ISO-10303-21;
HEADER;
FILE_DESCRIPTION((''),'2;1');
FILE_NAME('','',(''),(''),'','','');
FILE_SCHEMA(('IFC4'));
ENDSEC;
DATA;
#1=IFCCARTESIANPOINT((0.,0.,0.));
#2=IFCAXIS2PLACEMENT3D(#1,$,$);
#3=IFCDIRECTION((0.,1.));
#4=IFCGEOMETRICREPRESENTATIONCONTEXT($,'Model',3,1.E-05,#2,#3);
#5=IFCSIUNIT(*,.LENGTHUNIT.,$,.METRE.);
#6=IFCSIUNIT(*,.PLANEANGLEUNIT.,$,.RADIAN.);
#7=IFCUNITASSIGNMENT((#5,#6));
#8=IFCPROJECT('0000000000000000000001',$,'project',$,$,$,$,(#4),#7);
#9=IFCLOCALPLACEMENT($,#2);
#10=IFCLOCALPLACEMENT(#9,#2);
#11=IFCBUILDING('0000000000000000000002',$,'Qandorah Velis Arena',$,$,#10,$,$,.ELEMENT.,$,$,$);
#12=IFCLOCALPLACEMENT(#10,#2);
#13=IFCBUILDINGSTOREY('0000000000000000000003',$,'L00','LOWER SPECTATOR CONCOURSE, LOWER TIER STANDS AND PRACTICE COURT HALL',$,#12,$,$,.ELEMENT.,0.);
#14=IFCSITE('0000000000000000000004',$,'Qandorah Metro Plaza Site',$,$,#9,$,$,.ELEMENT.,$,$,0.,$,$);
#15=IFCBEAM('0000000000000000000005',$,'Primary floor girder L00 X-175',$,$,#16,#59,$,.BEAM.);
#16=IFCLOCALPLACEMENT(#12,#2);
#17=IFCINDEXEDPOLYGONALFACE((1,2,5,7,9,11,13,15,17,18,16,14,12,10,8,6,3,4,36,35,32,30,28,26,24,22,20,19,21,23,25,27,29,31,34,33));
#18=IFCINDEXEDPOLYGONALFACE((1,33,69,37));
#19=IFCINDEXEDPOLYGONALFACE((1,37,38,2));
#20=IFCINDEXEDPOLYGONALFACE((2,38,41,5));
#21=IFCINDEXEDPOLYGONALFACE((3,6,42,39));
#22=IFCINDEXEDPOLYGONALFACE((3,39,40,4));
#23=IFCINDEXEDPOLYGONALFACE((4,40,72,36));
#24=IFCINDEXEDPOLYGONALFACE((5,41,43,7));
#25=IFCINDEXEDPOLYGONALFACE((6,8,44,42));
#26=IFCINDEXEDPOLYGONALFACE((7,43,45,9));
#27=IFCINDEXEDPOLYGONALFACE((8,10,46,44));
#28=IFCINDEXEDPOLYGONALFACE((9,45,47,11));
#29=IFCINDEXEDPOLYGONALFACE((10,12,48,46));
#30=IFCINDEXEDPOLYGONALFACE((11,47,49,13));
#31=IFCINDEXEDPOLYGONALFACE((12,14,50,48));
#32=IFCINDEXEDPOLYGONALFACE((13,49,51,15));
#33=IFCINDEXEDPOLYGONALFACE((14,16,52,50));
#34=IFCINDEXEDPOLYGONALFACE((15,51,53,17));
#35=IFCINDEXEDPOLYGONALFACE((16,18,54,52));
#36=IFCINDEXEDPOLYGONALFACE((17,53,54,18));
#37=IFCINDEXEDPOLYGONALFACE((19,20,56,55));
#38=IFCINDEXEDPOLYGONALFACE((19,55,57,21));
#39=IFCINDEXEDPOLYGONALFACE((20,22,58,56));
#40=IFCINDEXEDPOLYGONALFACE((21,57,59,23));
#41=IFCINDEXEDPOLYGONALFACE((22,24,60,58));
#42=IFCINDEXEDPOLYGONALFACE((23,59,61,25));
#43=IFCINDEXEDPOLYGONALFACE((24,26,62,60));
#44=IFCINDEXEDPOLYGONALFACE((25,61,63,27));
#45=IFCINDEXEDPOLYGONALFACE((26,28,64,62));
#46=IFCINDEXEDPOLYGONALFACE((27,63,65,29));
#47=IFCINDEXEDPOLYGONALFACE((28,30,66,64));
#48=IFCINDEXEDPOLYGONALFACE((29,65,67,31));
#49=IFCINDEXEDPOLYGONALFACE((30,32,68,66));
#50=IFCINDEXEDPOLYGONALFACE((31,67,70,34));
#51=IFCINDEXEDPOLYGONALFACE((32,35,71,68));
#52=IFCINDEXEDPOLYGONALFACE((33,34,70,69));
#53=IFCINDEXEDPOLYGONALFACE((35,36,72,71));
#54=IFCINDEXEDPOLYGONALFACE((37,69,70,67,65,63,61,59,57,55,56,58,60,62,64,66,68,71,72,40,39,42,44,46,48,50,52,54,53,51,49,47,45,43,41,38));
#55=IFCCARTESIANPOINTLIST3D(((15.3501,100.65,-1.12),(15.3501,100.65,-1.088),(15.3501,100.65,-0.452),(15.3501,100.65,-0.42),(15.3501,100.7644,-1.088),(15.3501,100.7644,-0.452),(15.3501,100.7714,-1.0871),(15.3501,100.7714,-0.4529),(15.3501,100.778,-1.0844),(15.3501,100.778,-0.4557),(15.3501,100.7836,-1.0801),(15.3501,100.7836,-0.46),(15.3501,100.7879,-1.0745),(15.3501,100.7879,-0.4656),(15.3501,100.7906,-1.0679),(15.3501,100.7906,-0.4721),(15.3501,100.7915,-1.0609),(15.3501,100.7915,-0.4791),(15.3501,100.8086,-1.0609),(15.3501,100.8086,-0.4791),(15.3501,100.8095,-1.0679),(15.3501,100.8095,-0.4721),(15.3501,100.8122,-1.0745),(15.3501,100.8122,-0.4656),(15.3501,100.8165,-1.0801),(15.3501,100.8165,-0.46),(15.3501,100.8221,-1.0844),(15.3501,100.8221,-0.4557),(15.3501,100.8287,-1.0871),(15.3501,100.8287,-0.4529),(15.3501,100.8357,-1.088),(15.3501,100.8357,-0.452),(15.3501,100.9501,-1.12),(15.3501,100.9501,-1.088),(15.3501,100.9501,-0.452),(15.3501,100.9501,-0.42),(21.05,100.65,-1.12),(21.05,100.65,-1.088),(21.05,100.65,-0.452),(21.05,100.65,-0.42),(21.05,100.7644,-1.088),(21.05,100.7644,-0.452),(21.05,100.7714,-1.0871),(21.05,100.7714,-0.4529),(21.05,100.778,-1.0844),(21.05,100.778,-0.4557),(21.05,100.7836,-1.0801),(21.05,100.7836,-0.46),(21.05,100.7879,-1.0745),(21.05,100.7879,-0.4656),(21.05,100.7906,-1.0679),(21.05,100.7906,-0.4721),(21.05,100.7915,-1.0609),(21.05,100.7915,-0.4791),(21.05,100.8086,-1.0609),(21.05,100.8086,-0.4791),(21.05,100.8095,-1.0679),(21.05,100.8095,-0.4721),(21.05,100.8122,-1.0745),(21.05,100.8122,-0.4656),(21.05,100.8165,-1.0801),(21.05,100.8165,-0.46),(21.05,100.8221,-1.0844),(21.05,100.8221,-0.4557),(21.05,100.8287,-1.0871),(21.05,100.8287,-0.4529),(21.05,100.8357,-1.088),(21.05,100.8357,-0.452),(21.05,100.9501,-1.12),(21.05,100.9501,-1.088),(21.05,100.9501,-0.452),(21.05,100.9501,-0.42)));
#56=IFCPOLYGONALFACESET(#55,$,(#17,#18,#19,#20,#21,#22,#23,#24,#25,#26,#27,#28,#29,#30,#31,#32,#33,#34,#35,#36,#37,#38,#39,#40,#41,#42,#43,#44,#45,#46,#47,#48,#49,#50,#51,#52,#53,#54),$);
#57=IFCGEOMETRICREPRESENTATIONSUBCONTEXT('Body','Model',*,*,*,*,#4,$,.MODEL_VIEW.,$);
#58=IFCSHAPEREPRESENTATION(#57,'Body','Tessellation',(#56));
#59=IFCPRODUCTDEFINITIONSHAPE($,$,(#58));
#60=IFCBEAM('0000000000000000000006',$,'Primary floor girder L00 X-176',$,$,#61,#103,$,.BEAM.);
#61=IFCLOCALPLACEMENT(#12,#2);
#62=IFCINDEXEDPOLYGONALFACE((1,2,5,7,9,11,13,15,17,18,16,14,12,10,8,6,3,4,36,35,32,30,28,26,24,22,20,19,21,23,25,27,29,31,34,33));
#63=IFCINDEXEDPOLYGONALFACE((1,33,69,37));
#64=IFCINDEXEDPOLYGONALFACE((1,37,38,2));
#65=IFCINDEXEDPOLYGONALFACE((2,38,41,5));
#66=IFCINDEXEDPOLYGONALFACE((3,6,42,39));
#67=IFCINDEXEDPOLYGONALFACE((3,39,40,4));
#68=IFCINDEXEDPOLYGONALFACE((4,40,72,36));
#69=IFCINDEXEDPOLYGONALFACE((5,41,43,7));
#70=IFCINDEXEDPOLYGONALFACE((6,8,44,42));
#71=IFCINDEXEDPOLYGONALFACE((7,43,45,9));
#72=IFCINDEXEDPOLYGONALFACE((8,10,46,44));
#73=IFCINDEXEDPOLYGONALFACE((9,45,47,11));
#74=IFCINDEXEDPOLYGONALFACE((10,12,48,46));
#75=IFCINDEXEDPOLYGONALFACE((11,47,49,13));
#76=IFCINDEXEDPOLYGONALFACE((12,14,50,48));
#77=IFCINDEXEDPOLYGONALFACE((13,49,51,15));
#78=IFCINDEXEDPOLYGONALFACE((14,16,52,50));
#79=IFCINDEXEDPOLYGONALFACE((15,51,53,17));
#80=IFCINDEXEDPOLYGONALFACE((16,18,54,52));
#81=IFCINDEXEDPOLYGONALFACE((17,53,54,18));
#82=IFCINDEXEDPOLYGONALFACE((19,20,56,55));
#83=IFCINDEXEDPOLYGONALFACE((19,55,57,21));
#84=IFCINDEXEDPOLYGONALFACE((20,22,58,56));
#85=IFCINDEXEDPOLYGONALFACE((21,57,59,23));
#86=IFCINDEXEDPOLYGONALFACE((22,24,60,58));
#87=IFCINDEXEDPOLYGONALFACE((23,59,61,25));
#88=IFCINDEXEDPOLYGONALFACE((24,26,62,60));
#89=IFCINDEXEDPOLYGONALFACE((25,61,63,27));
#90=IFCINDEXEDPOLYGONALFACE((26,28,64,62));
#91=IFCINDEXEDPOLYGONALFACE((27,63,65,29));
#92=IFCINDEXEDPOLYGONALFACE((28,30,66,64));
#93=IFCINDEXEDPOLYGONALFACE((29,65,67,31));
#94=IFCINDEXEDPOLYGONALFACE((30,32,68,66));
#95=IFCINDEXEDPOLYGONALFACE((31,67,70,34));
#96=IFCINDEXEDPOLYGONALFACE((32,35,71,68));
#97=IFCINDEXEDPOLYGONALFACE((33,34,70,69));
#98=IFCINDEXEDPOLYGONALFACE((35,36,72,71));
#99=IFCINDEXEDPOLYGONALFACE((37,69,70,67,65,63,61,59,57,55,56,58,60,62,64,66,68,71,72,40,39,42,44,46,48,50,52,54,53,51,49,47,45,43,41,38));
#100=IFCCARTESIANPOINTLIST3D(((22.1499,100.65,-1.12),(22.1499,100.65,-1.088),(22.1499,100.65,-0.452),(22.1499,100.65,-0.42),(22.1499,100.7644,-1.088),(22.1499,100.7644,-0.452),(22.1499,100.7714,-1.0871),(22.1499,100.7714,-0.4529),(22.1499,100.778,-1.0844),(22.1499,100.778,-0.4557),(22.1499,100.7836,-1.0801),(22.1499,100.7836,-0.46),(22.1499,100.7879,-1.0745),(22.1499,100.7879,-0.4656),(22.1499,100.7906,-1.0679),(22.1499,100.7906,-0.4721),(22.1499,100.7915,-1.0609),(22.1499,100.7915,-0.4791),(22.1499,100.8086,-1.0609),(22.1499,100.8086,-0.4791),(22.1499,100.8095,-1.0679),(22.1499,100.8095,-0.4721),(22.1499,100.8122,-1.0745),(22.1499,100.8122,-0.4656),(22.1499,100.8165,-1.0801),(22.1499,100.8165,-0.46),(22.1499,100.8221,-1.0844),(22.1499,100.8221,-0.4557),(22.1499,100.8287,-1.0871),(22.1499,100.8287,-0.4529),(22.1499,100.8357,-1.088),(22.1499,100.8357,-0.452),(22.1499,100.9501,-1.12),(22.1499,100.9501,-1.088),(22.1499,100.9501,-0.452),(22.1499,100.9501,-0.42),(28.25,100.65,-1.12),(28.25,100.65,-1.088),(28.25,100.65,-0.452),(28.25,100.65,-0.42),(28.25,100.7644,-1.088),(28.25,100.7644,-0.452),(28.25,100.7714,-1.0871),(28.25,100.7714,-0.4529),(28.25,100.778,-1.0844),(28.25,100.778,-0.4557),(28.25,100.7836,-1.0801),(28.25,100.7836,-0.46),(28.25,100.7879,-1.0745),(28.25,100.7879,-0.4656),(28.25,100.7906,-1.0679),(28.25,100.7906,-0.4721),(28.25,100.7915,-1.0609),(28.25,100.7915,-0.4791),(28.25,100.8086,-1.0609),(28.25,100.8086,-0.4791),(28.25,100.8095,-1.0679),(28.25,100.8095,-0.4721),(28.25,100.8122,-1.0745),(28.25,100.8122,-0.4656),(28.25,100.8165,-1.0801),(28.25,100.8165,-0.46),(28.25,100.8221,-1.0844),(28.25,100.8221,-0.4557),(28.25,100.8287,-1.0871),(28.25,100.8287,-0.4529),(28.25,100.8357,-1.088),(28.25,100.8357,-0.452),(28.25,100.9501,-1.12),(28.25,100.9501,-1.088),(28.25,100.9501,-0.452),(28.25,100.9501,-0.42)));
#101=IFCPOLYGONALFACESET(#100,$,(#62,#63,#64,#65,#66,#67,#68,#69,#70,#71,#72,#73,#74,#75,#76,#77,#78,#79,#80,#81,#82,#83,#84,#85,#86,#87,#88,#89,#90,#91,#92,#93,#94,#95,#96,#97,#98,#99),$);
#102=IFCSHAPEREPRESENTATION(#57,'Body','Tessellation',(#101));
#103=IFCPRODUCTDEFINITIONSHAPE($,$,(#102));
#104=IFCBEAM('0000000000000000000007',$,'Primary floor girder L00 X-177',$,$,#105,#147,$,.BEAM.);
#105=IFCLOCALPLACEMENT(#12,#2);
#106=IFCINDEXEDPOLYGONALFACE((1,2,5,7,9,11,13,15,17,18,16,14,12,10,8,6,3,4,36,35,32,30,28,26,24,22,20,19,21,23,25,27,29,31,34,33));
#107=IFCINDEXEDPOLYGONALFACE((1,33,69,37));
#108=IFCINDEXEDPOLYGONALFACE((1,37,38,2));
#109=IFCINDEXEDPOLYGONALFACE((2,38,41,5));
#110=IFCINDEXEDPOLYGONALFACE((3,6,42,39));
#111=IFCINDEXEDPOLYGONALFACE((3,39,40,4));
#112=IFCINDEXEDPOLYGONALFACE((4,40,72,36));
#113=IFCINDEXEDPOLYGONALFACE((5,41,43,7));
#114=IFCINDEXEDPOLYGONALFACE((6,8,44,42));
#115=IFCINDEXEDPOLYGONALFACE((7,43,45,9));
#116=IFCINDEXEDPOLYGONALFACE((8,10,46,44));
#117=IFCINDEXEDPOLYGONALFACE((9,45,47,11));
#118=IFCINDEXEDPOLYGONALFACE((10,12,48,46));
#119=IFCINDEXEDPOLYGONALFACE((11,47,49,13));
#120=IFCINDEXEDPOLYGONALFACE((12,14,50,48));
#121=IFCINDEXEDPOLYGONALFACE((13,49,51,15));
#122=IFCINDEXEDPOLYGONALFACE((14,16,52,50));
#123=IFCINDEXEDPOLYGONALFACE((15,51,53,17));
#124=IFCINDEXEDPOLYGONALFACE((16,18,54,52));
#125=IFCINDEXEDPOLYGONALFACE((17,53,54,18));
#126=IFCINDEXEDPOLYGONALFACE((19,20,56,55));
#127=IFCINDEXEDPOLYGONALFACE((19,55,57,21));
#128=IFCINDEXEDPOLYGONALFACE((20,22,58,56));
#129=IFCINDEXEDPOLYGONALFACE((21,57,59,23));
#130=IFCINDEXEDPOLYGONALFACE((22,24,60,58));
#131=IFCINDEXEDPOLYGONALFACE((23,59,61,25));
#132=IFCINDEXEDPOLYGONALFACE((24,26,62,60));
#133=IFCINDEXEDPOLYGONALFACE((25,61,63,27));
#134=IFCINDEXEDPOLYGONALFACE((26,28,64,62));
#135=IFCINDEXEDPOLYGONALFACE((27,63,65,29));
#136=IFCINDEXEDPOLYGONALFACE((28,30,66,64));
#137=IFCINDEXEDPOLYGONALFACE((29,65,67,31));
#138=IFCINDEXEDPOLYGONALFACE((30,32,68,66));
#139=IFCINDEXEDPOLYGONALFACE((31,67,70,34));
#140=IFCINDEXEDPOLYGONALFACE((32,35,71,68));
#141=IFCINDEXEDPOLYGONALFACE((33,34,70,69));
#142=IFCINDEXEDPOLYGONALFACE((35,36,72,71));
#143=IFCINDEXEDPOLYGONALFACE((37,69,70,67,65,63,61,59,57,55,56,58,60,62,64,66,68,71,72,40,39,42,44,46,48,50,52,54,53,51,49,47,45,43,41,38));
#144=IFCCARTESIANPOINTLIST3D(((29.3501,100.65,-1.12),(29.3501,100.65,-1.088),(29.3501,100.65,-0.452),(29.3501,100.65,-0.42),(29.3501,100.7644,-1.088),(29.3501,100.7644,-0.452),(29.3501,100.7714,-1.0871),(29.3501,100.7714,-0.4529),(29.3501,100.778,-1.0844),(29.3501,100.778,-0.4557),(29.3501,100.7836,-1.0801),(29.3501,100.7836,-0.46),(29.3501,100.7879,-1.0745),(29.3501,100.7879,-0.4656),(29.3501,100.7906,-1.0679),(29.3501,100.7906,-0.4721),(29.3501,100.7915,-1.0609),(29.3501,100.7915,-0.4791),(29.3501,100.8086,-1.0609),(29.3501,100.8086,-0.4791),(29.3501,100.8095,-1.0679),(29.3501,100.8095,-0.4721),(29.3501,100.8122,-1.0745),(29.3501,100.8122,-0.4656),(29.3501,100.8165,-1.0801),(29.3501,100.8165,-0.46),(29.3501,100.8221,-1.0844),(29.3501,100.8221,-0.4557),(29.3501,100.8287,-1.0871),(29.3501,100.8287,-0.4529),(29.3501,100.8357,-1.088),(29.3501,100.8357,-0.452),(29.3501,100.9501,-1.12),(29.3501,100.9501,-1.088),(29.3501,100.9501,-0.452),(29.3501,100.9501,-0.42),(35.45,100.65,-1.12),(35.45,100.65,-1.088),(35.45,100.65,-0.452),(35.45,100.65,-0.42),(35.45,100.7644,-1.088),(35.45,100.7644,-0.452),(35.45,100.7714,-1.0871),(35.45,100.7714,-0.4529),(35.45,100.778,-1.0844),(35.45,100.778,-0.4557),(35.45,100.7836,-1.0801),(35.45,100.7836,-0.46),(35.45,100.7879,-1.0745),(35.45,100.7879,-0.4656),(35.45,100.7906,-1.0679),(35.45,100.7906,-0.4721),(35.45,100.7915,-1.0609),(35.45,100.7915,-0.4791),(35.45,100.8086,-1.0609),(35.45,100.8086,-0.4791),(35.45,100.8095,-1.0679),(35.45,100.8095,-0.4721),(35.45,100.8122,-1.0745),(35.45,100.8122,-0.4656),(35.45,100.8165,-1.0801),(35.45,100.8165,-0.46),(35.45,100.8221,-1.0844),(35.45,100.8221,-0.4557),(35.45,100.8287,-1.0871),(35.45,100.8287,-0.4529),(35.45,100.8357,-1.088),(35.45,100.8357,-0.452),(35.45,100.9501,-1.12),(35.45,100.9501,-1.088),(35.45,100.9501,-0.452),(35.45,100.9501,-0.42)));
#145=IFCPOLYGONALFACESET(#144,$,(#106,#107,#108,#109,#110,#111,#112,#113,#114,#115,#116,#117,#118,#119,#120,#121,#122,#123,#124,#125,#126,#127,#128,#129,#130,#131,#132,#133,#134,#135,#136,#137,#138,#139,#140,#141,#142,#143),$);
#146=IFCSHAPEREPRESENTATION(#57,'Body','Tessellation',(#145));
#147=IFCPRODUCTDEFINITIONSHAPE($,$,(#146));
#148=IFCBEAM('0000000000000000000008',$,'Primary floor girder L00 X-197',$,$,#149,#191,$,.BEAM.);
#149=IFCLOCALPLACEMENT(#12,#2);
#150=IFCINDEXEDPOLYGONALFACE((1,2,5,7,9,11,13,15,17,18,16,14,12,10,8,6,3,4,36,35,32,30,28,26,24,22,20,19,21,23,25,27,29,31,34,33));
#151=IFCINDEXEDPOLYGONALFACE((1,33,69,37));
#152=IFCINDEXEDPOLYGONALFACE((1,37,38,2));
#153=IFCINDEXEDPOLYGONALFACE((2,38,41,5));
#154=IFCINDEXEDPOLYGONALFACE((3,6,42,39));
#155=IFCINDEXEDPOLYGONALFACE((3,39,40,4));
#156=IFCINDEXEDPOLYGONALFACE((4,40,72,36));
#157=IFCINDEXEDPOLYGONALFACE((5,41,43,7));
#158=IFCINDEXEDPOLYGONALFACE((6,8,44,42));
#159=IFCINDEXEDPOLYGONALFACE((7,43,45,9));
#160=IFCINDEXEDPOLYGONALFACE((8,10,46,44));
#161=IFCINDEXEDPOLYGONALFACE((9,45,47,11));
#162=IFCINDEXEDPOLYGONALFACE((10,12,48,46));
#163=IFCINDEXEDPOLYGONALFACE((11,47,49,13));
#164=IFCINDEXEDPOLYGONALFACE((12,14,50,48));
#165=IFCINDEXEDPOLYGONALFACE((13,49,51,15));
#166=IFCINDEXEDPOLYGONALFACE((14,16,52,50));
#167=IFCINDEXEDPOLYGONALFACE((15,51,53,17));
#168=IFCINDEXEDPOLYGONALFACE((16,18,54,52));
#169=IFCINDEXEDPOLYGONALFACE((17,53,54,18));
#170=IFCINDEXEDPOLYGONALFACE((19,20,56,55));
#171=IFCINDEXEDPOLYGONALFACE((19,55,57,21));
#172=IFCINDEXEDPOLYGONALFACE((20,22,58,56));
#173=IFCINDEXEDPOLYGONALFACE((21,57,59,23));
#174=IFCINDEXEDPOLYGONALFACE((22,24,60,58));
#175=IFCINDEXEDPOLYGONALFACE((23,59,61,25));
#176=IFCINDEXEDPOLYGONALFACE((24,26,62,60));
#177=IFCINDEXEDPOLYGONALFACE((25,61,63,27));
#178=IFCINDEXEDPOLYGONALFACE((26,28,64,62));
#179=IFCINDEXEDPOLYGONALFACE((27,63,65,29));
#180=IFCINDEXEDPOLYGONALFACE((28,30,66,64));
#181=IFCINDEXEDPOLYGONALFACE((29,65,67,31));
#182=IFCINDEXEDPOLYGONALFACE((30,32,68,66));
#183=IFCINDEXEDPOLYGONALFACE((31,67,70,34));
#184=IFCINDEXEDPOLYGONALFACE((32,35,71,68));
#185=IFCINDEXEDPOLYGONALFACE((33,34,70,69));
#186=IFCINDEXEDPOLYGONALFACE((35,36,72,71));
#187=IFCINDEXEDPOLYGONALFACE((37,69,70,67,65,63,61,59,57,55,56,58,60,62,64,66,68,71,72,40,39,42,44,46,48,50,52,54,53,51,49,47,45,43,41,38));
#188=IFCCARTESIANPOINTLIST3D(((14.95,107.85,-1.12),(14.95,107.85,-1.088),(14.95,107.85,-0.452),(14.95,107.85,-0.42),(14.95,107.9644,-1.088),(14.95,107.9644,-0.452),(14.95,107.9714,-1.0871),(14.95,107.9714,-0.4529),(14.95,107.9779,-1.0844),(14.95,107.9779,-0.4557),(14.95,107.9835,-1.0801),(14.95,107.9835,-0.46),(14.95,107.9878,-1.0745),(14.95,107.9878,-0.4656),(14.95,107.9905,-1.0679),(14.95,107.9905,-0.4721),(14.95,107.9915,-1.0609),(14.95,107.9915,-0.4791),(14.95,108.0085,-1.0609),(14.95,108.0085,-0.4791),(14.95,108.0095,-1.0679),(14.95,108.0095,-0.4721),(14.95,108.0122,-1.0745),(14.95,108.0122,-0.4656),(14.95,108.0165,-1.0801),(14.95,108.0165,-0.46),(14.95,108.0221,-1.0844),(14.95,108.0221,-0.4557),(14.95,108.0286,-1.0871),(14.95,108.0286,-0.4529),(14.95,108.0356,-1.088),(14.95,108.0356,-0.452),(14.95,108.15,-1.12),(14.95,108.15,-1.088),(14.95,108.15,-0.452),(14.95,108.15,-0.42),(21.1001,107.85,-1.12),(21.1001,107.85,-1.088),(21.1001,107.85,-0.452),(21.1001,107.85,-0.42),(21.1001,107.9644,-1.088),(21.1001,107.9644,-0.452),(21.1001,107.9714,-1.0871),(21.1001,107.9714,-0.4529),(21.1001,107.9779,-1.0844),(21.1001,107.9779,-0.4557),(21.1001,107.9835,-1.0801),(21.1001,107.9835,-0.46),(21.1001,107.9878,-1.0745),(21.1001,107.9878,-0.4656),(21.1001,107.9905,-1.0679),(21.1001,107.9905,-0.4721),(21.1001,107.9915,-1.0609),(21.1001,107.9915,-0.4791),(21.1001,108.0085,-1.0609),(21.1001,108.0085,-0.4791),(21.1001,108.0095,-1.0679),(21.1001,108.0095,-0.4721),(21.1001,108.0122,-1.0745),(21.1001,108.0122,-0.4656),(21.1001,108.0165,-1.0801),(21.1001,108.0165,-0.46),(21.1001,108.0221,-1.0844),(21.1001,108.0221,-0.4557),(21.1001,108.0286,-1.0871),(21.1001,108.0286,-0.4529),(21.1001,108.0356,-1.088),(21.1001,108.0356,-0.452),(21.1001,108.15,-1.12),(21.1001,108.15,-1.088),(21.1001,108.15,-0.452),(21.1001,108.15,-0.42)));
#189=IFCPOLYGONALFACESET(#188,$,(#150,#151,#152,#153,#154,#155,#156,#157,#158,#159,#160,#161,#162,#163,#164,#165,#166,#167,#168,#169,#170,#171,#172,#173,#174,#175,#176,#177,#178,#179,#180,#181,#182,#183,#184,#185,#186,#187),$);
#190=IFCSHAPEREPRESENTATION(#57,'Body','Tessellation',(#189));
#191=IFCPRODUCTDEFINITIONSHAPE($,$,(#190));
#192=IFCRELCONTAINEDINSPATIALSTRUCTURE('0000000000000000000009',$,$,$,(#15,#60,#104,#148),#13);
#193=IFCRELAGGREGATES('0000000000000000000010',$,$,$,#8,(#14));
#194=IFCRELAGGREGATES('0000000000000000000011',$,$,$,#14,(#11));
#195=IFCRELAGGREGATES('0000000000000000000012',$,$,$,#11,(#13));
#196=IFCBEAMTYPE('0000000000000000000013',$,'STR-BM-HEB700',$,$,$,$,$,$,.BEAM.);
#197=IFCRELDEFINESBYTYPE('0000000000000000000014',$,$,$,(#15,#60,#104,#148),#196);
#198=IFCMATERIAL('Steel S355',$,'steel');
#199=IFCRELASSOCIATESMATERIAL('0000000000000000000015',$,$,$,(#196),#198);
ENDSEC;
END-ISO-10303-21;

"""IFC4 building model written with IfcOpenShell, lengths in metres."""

from ifc_helpers import new_model, si_unit, direction, frame, origin, origin_2d, place, context, subcontext, project, spatial, i_section, extrude, material, material_profile, profile_set, type_object, element, save


model = new_model("IFC4")

# Units and contexts
model_context = context("Model", 3, precision=1e-05, world=origin(), true_north=direction((0.0, 1.0)))
body_context = subcontext(model_context, "Body", "Model", "MODEL_VIEW")
ifc_project = project(units=[si_unit("LENGTHUNIT", "METRE"), si_unit("PLANEANGLEUNIT", "RADIAN")], contexts=[model_context])

# Site, building, storey
site_placement = place(None, origin())
site = spatial("IfcSite", under=ifc_project, at=site_placement, Name="Qandorah Metro Plaza Site", CompositionType="ELEMENT", RefElevation=0.0)
building_placement = place(site_placement, origin())
building = spatial("IfcBuilding", under=site, at=building_placement, Name="Qandorah Velis Arena", CompositionType="ELEMENT")
storey_placement = place(building_placement, origin())
storey = spatial("IfcBuildingStorey", under=building, at=storey_placement, Name="L00", Description="LOWER SPECTATOR CONCOURSE, LOWER TIER STANDS AND PRACTICE COURT HALL", CompositionType="ELEMENT", Elevation=0.0)

# Beams
ifc_material_1 = material(Name="Steel S355", Category="steel")
ifc_material_profile_1 = material_profile(ifc_material_1, i_section(OverallWidth=0.3, OverallDepth=0.7, WebThickness=0.0171, FlangeThickness=0.032, FilletRadius=0.0271, at=origin_2d()), Name="HEB 700")
ifc_profile_set_1 = profile_set([ifc_material_profile_1], Name="Steel S355")
beam_type_1 = type_object("IfcBeamType", Name="STR-BM-HEB700", PredefinedType="BEAM", material=ifc_profile_set_1)
beam_1_placement = place(storey_placement, frame((15.3501, 100.8, -0.77), z_axis=(1.0, 0.0, 0.0), x_axis=(0.0, 1.0, 0.0)))
element("IfcBeam", 1, at=beam_1_placement, inside=storey, type_object=beam_type_1, Name="Primary floor girder L00 X-175", PredefinedType="BEAM", context=body_context, shape_type="SweptSolid", body=[
    extrude(i_section(OverallWidth=0.3, OverallDepth=0.7, WebThickness=0.0171, FlangeThickness=0.032, FilletRadius=0.0271, at=origin_2d()), origin(), (0.0, 0.0, 1.0), 5.7),
])
beam_2_placement = place(storey_placement, frame((22.1499, 100.8, -0.77), z_axis=(1.0, 0.0, 0.0), x_axis=(0.0, 1.0, 0.0)))
element("IfcBeam", 2, at=beam_2_placement, inside=storey, type_object=beam_type_1, Name="Primary floor girder L00 X-176", PredefinedType="BEAM", context=body_context, shape_type="SweptSolid", body=[
    extrude(i_section(OverallWidth=0.3, OverallDepth=0.7, WebThickness=0.0171, FlangeThickness=0.032, FilletRadius=0.0271, at=origin_2d()), origin(), (0.0, 0.0, 1.0), 6.1001),
])
beam_3_placement = place(storey_placement, frame((29.3501, 100.8, -0.77), z_axis=(1.0, 0.0, 0.0), x_axis=(0.0, 1.0, 0.0)))
element("IfcBeam", 3, at=beam_3_placement, inside=storey, type_object=beam_type_1, Name="Primary floor girder L00 X-177", PredefinedType="BEAM", context=body_context, shape_type="SweptSolid", body=[
    extrude(i_section(OverallWidth=0.3, OverallDepth=0.7, WebThickness=0.0171, FlangeThickness=0.032, FilletRadius=0.0271, at=origin_2d()), origin(), (0.0, 0.0, 1.0), 6.0999),
])
beam_4_placement = place(storey_placement, frame((14.95, 108.0, -0.77), z_axis=(1.0, 0.0, 0.0), x_axis=(0.0, 1.0, 0.0)))
element("IfcBeam", 4, at=beam_4_placement, inside=storey, type_object=beam_type_1, Name="Primary floor girder L00 X-197", PredefinedType="BEAM", context=body_context, shape_type="SweptSolid", body=[
    extrude(i_section(OverallWidth=0.3, OverallDepth=0.7, WebThickness=0.0171, FlangeThickness=0.032, FilletRadius=0.0271, at=origin_2d()), origin(), (0.0, 0.0, 1.0), 6.1501),
])

save(model, "model.ifc")
